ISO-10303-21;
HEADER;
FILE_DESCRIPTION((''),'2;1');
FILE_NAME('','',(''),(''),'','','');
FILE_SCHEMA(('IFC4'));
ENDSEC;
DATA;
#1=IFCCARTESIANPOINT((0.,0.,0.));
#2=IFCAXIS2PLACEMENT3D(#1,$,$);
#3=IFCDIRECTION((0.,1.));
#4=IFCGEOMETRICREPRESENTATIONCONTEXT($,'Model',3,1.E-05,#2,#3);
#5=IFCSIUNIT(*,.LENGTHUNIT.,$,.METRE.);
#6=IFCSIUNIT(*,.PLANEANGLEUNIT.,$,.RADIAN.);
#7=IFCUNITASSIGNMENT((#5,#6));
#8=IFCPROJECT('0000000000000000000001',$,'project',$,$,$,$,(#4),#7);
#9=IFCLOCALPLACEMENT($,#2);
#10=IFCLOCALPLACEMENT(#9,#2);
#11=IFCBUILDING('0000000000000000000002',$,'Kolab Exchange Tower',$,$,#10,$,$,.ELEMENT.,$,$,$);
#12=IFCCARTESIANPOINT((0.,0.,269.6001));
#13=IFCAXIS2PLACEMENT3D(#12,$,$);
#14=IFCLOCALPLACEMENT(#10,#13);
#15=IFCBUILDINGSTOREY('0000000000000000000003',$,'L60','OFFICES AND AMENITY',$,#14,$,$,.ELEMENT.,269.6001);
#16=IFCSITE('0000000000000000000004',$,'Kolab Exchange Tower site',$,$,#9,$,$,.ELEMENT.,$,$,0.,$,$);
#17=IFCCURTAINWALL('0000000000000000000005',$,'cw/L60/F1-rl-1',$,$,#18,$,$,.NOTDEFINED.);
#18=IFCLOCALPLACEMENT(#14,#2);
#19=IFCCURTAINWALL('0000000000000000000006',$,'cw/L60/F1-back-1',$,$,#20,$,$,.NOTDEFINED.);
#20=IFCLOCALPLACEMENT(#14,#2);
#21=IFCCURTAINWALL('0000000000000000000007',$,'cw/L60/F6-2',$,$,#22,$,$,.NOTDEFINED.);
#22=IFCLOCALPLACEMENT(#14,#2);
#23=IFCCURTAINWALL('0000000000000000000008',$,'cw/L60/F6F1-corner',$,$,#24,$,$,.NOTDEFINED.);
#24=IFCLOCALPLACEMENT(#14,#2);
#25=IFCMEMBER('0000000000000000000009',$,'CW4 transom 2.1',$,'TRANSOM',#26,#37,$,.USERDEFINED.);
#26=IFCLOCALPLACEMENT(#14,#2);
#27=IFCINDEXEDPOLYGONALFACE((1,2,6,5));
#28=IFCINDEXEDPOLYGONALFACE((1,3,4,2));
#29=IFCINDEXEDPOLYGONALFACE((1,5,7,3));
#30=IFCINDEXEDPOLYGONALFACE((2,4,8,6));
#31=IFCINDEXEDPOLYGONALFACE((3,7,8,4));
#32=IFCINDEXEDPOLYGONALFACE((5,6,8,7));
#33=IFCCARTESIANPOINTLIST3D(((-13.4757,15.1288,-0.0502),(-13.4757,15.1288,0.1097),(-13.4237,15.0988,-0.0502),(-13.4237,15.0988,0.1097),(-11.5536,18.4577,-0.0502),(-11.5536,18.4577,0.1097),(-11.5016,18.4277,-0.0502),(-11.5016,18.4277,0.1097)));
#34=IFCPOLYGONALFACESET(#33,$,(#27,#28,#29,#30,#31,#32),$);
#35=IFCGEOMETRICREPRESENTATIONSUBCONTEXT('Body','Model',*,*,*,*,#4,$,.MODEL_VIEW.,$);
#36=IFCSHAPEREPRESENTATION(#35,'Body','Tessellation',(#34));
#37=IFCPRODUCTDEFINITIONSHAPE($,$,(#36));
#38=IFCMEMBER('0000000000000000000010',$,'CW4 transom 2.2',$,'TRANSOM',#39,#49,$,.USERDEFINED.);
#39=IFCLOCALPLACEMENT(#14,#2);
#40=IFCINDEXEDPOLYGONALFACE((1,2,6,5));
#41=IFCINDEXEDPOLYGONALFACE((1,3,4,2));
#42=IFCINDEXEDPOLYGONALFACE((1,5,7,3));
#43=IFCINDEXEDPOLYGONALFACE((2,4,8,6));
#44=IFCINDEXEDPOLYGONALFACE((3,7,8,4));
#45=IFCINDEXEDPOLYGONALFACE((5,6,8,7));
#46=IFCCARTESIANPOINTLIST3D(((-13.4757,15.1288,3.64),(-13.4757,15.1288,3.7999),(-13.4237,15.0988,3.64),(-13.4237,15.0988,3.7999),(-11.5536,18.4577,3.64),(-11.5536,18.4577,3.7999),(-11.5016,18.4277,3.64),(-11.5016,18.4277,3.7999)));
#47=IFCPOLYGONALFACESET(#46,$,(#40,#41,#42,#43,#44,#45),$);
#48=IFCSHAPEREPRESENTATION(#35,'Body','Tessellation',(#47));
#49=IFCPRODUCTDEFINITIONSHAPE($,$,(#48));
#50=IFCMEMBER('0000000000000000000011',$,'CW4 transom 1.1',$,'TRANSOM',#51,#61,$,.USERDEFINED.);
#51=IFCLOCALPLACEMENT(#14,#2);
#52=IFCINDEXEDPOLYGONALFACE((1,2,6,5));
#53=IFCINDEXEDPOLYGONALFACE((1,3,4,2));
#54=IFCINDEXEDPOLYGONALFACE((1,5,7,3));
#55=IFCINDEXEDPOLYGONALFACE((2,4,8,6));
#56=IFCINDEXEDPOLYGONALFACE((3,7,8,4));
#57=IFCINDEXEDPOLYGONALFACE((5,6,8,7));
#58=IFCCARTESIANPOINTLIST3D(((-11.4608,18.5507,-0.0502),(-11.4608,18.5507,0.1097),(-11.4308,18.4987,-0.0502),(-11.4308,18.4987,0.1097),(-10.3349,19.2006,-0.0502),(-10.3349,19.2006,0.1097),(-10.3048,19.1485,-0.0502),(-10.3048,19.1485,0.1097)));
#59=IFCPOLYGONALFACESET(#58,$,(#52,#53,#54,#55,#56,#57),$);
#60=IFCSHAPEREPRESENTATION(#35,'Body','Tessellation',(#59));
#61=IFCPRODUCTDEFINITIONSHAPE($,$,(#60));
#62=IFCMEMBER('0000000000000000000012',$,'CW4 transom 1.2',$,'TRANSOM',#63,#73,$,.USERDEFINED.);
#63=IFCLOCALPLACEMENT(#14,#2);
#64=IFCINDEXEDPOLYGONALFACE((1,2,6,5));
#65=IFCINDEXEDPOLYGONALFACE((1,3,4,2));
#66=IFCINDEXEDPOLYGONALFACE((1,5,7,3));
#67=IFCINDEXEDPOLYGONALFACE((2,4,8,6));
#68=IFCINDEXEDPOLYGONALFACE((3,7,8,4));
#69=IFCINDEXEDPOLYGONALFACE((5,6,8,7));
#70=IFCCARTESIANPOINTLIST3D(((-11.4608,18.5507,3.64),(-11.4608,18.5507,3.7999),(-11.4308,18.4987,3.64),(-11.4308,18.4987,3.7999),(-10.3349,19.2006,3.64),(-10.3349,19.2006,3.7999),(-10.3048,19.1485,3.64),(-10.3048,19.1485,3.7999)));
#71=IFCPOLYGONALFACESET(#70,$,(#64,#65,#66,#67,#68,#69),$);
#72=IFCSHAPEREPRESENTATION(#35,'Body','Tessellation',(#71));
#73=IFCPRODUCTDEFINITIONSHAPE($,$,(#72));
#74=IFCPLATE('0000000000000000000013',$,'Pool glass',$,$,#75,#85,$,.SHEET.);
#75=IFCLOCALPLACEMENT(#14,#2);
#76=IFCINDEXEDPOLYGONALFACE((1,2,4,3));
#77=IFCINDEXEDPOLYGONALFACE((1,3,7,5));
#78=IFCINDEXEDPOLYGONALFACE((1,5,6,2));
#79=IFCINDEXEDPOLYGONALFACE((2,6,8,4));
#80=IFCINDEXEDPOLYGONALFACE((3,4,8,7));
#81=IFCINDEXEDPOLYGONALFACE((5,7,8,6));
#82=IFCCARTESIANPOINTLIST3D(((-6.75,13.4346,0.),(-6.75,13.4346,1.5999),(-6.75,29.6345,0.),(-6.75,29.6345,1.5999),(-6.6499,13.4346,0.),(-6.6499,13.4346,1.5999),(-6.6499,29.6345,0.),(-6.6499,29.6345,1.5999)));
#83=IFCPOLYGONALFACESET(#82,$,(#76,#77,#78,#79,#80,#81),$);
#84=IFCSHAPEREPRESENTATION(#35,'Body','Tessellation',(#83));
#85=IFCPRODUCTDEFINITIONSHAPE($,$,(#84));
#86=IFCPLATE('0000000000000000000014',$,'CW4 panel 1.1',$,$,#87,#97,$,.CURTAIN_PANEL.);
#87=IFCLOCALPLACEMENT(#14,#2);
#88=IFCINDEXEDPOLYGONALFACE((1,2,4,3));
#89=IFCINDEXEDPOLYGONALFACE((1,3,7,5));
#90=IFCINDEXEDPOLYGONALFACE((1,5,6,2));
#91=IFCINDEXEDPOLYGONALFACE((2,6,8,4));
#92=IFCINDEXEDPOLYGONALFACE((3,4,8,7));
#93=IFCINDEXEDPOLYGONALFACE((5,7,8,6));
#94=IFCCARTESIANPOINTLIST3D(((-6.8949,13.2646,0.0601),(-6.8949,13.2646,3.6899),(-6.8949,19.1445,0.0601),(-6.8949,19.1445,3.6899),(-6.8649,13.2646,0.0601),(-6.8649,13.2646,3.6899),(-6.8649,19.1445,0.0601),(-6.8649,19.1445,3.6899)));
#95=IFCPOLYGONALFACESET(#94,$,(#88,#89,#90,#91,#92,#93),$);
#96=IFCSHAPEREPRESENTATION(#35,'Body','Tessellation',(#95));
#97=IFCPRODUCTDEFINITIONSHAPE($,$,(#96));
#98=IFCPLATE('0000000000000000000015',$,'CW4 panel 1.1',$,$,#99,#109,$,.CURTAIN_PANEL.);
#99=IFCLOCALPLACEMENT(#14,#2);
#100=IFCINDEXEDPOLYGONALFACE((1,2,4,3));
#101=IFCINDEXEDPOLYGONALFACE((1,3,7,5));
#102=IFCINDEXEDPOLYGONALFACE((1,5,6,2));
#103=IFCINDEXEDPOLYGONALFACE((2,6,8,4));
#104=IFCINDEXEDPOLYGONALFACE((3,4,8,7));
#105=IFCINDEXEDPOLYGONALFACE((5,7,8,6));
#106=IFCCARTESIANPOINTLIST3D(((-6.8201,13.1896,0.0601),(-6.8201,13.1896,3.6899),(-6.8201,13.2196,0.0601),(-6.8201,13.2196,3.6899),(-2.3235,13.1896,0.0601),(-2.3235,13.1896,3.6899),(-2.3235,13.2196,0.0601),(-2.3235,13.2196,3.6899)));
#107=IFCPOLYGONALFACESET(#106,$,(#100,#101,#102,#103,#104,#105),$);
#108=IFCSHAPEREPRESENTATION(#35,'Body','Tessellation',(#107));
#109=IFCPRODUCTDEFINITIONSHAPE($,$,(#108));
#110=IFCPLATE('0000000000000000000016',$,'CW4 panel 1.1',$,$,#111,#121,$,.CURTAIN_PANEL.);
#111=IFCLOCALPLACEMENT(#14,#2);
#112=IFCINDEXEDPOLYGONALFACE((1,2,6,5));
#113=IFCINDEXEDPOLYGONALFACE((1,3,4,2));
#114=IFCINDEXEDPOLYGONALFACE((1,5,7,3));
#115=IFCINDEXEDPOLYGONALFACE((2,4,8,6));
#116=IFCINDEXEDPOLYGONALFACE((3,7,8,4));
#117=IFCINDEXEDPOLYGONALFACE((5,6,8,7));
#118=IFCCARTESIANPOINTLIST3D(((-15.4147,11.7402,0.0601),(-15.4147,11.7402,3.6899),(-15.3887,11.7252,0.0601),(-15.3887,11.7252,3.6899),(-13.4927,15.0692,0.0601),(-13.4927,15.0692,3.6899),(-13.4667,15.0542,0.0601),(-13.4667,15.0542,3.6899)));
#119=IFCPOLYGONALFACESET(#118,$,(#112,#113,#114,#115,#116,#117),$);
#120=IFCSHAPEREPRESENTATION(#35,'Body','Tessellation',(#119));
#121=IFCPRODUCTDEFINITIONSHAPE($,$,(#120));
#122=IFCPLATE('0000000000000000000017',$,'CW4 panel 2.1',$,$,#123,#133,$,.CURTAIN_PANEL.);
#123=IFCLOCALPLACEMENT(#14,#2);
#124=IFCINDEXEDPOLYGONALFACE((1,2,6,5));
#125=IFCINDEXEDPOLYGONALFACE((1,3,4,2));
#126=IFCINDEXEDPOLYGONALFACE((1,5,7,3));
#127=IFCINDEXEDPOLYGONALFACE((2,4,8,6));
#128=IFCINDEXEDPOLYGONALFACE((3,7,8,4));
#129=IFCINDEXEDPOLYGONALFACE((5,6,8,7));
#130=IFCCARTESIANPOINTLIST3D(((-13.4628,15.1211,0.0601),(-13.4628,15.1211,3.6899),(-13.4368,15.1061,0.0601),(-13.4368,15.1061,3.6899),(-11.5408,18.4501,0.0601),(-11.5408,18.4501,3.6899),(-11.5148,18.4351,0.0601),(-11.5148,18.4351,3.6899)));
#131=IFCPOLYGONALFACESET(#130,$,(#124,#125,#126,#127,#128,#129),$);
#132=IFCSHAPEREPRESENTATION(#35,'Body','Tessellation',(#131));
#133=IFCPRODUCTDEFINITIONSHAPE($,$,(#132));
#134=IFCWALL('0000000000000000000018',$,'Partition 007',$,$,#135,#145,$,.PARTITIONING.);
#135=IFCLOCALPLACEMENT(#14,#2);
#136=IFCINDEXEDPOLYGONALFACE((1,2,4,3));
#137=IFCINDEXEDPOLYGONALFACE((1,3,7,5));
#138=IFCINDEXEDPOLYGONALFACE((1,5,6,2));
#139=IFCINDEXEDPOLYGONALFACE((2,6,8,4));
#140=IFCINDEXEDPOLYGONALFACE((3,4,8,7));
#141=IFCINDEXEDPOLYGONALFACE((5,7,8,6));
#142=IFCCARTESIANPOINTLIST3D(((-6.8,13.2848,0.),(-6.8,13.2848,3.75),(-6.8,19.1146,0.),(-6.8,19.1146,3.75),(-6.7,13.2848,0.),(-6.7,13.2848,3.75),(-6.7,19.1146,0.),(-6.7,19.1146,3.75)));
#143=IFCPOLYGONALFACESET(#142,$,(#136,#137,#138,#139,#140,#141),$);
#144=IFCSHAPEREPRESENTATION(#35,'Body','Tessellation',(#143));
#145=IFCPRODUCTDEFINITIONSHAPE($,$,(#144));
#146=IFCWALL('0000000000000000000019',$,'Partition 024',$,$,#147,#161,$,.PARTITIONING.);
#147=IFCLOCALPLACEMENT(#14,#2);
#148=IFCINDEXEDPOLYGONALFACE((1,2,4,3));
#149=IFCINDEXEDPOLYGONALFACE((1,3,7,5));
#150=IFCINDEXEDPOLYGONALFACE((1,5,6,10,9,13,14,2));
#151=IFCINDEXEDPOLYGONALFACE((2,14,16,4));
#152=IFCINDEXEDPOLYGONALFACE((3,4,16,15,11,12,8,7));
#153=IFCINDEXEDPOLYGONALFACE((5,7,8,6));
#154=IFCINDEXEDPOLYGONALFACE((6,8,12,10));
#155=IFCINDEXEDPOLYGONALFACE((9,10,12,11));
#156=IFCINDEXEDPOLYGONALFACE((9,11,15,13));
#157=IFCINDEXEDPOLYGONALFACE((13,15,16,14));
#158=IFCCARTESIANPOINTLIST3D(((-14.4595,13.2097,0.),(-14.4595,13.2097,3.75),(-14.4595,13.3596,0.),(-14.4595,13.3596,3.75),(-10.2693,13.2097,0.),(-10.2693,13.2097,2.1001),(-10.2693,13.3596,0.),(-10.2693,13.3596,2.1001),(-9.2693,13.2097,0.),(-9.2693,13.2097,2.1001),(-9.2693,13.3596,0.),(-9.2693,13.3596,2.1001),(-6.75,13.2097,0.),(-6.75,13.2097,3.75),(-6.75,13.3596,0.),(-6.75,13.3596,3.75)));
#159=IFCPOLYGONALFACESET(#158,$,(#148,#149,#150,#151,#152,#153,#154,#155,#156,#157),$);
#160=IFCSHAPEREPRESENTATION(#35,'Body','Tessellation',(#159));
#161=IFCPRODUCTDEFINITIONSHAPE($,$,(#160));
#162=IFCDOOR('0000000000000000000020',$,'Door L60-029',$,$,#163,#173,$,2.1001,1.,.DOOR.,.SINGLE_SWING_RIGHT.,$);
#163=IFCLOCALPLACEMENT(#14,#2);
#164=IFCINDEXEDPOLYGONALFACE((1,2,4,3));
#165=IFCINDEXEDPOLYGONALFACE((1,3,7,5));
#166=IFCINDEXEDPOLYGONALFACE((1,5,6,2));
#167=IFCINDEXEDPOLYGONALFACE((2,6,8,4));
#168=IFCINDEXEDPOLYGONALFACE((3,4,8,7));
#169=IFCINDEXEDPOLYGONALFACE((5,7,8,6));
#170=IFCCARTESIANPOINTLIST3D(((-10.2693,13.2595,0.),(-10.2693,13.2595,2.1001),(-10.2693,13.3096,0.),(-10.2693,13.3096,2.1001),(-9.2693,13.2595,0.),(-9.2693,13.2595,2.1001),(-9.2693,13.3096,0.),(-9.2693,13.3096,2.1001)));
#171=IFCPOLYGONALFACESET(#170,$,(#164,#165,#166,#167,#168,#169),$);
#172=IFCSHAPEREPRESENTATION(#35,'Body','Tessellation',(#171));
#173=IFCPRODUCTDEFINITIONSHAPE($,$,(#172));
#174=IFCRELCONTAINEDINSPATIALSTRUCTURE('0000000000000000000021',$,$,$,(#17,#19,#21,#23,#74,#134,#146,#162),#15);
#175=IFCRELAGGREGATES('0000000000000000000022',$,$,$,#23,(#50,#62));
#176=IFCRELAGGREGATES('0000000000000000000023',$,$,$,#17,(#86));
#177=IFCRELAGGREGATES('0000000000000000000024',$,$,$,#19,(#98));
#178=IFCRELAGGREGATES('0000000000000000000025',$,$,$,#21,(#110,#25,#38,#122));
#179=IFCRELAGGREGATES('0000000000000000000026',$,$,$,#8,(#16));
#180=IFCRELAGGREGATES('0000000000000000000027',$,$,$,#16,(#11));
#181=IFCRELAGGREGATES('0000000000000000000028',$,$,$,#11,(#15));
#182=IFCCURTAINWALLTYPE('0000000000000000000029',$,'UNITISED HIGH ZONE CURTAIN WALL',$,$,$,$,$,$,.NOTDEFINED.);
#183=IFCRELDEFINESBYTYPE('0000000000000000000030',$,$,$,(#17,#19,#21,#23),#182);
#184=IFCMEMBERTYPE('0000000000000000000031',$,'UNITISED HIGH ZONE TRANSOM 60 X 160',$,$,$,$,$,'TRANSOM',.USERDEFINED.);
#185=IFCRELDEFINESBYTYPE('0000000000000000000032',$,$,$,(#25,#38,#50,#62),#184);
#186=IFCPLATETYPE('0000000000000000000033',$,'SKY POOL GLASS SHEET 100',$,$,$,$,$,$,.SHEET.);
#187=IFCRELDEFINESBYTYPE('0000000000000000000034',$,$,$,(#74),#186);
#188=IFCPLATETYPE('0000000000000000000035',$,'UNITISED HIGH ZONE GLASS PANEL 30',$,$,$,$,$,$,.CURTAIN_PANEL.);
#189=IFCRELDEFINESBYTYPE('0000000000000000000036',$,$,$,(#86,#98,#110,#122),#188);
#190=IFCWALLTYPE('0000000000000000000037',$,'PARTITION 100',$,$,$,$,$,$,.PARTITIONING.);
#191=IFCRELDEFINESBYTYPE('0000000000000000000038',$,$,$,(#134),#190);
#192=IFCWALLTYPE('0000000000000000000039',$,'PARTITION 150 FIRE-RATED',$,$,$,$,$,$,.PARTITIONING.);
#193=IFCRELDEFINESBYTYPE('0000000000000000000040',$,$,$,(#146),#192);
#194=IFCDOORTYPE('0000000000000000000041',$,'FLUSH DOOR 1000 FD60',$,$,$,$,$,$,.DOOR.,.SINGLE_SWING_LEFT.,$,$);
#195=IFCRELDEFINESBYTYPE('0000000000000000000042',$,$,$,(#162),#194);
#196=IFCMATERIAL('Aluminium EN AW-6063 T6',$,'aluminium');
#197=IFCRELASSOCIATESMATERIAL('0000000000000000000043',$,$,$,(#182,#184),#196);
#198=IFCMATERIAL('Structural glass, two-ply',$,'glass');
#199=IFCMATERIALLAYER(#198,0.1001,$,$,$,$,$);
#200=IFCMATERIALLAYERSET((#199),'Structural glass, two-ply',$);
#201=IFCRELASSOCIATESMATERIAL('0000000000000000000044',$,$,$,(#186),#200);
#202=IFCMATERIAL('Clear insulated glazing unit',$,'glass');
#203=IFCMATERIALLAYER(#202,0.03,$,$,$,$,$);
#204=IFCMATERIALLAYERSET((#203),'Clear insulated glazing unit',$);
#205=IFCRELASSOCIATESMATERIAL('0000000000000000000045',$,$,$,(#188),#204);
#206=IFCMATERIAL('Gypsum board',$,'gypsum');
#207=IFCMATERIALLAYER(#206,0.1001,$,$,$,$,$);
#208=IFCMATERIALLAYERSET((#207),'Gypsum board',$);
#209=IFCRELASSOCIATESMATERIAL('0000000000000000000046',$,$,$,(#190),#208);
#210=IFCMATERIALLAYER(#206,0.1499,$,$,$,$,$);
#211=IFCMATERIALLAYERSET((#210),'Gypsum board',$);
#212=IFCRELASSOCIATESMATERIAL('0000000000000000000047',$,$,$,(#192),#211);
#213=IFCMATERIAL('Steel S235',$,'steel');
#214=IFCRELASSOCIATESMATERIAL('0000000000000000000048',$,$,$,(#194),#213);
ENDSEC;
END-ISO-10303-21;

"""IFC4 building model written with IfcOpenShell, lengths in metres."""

from ifc_helpers import new_model, si_unit, direction, frame, frame_2d, origin, origin_2d, place, context, subcontext, project, spatial, polyline, rectangle, outline, extrude, material, layer, layer_set, material_profile, profile_set, type_object, element, fill, aggregate, save


model = new_model("IFC4")

# Units and contexts
model_context = context("Model", 3, precision=1e-05, world=origin(), true_north=direction((0.0, 1.0)))
body_context = subcontext(model_context, "Body", "Model", "MODEL_VIEW")
ifc_project = project(units=[si_unit("LENGTHUNIT", "METRE"), si_unit("PLANEANGLEUNIT", "RADIAN")], contexts=[model_context])

# Site, building, storey
site_placement = place(None, origin())
site = spatial("IfcSite", under=ifc_project, at=site_placement, Name="Kolab Exchange Tower site", CompositionType="ELEMENT", RefElevation=0.0)
building_placement = place(site_placement, origin())
building = spatial("IfcBuilding", under=site, at=building_placement, Name="Kolab Exchange Tower", CompositionType="ELEMENT")
storey_placement = place(building_placement, frame((0.0, 0.0, 269.6001)))
storey = spatial("IfcBuildingStorey", under=building, at=storey_placement, Name="L60", Description="OFFICES AND AMENITY", CompositionType="ELEMENT", Elevation=269.6001)

# Curtain wall
ifc_material_1 = material(Name="Aluminium EN AW-6063 T6", Category="aluminium")
curtain_wall_type = type_object("IfcCurtainWallType", Name="UNITISED HIGH ZONE CURTAIN WALL", PredefinedType="NOTDEFINED", material=ifc_material_1)
curtain_wall_1_placement = place(storey_placement, origin())
curtain_wall_1 = element("IfcCurtainWall", 1, at=curtain_wall_1_placement, inside=storey, type_object=curtain_wall_type, Name="cw/L60/F1-rl-1", PredefinedType="NOTDEFINED")

# Curtain walls
curtain_wall_2_placement = place(storey_placement, origin())
curtain_wall_2 = element("IfcCurtainWall", 2, at=curtain_wall_2_placement, inside=storey, type_object=curtain_wall_type, Name="cw/L60/F1-back-1", PredefinedType="NOTDEFINED")
curtain_wall_3_placement = place(storey_placement, origin())
curtain_wall_3 = element("IfcCurtainWall", 3, at=curtain_wall_3_placement, inside=storey, type_object=curtain_wall_type, Name="cw/L60/F6-2", PredefinedType="NOTDEFINED")

# Curtain wall
curtain_wall_4_placement = place(storey_placement, origin())
curtain_wall_4 = element("IfcCurtainWall", 4, at=curtain_wall_4_placement, inside=storey, type_object=curtain_wall_type, Name="cw/L60/F6F1-corner", PredefinedType="NOTDEFINED")

# Members
ifc_material_profile_1 = material_profile(ifc_material_1, rectangle(XDim=0.0601, YDim=0.1599, at=origin_2d()), Name="RECT 60X160")
ifc_profile_set_1 = profile_set([ifc_material_profile_1], Name="Aluminium EN AW-6063 T6")
member_type_1 = type_object("IfcMemberType", Name="UNITISED HIGH ZONE TRANSOM 60 X 160", ElementType="TRANSOM", PredefinedType="USERDEFINED", material=ifc_profile_set_1)
member_1_placement = place(storey_placement, frame((-13.4497, 15.1138, 0.0298), z_axis=(0.500039, 0.866003, 0.0), x_axis=(-0.866003, 0.500039, 0.0)))
member_1 = element("IfcMember", 5, at=member_1_placement, type_object=member_type_1, Name="CW4 transom 2.1", ObjectType="TRANSOM", PredefinedType="USERDEFINED", context=body_context, shape_type="SweptSolid", body=[
    extrude(rectangle(XDim=0.0601, YDim=0.1599, at=origin_2d()), origin(), (0.0, 0.0, 1.0), 3.844),
])
member_2_placement = place(storey_placement, frame((-13.4497, 15.1138, 3.72), z_axis=(0.500039, 0.866003, 0.0), x_axis=(-0.866003, 0.500039, 0.0)))
member_2 = element("IfcMember", 6, at=member_2_placement, type_object=member_type_1, Name="CW4 transom 2.2", ObjectType="TRANSOM", PredefinedType="USERDEFINED", context=body_context, shape_type="SweptSolid", body=[
    extrude(rectangle(XDim=0.0601, YDim=0.1599, at=origin_2d()), origin(), (0.0, 0.0, 1.0), 3.844),
])
member_3_placement = place(storey_placement, frame((-11.4458, 18.5247, 0.0298), z_axis=(0.866086, 0.499896, 0.0), x_axis=(-0.499896, 0.866086, 0.0)))
member_3 = element("IfcMember", 7, at=member_3_placement, type_object=member_type_1, Name="CW4 transom 1.1", ObjectType="TRANSOM", PredefinedType="USERDEFINED", context=body_context, shape_type="SweptSolid", body=[
    extrude(rectangle(XDim=0.0601, YDim=0.1599, at=origin_2d()), origin(), (0.0, 0.0, 1.0), 1.3),
])
member_4_placement = place(storey_placement, frame((-11.4458, 18.5247, 3.72), z_axis=(0.866086, 0.499896, 0.0), x_axis=(-0.499896, 0.866086, 0.0)))
member_4 = element("IfcMember", 8, at=member_4_placement, type_object=member_type_1, Name="CW4 transom 1.2", ObjectType="TRANSOM", PredefinedType="USERDEFINED", context=body_context, shape_type="SweptSolid", body=[
    extrude(rectangle(XDim=0.0601, YDim=0.1599, at=origin_2d()), origin(), (0.0, 0.0, 1.0), 1.3),
])
aggregate(curtain_wall_4, [member_3, member_4])

# Plates
ifc_material_2 = material(Name="Structural glass, two-ply", Category="glass")
ifc_layer_1 = layer(ifc_material_2, 0.1001)
ifc_layer_set_1 = layer_set([ifc_layer_1], Name="Structural glass, two-ply")
plate_type_1 = type_object("IfcPlateType", Name="SKY POOL GLASS SHEET 100", PredefinedType="SHEET", material=ifc_layer_set_1)
plate_1_placement = place(storey_placement, frame((-6.6499, 13.4346, 0.0), z_axis=(1.0, 0.0, 0.0), x_axis=(0.0, 1.0, 0.0)))
element("IfcPlate", 9, at=plate_1_placement, inside=storey, type_object=plate_type_1, Name="Pool glass", PredefinedType="SHEET", context=body_context, shape_type="SweptSolid", body=[
    extrude(outline(polyline([(0.0, 0.0), (16.2, 0.0), (16.2, 1.5999), (0.0, 1.5999), (0.0, 0.0)])), origin(), (0.0, 0.0, -1.0), 0.1001),
])
ifc_material_3 = material(Name="Clear insulated glazing unit", Category="glass")
ifc_layer_2 = layer(ifc_material_3, 0.03)
ifc_layer_set_2 = layer_set([ifc_layer_2], Name="Clear insulated glazing unit")
plate_type_2 = type_object("IfcPlateType", Name="UNITISED HIGH ZONE GLASS PANEL 30", PredefinedType="CURTAIN_PANEL", material=ifc_layer_set_2)
plate_2_placement = place(storey_placement, frame((-6.8799, 16.2046, 0.0601), z_axis=(0.0, 0.0, 1.0), x_axis=(0.0, -1.0, 0.0)))
plate_2 = element("IfcPlate", 10, at=plate_2_placement, type_object=plate_type_2, Name="CW4 panel 1.1", PredefinedType="CURTAIN_PANEL", context=body_context, shape_type="SweptSolid", body=[
    extrude(rectangle(XDim=5.8799, YDim=0.03, at=origin_2d()), origin(), (0.0, 0.0, 1.0), 3.6299),
])
aggregate(curtain_wall_1, [plate_2])
plate_3_placement = place(storey_placement, frame((-4.5718, 13.2046, 0.0601), z_axis=(0.0, 0.0, 1.0), x_axis=(1.0, 0.0, 0.0)))
plate_3 = element("IfcPlate", 11, at=plate_3_placement, type_object=plate_type_2, Name="CW4 panel 1.1", PredefinedType="CURTAIN_PANEL", context=body_context, shape_type="SweptSolid", body=[
    extrude(rectangle(XDim=4.4966, YDim=0.03, at=origin_2d()), origin(), (0.0, 0.0, 1.0), 3.6299),
])
aggregate(curtain_wall_2, [plate_3])
plate_4_placement = place(storey_placement, frame((-14.4407, 13.3972, 0.0601), z_axis=(0.0, 0.0, 1.0), x_axis=(0.5, 0.866025, 0.0)))
plate_4 = element("IfcPlate", 12, at=plate_4_placement, type_object=plate_type_2, Name="CW4 panel 1.1", PredefinedType="CURTAIN_PANEL", context=body_context, shape_type="SweptSolid", body=[
    extrude(rectangle(XDim=3.844, YDim=0.03, at=origin_2d()), origin(), (0.0, 0.0, 1.0), 3.6299),
])
plate_5_placement = place(storey_placement, frame((-12.4888, 16.7781, 0.0601), z_axis=(0.0, 0.0, 1.0), x_axis=(0.5, 0.866025, 0.0)))
plate_5 = element("IfcPlate", 13, at=plate_5_placement, type_object=plate_type_2, Name="CW4 panel 2.1", PredefinedType="CURTAIN_PANEL", context=body_context, shape_type="SweptSolid", body=[
    extrude(rectangle(XDim=3.844, YDim=0.03, at=origin_2d()), origin(), (0.0, 0.0, 1.0), 3.6299),
])
aggregate(curtain_wall_3, [plate_4, member_1, member_2, plate_5])

# Wall
ifc_material_4 = material(Name="Gypsum board", Category="gypsum")
ifc_layer_3 = layer(ifc_material_4, 0.1001)
ifc_layer_set_3 = layer_set([ifc_layer_3], Name="Gypsum board")
wall_type_1 = type_object("IfcWallType", Name="PARTITION 100", PredefinedType="PARTITIONING", material=ifc_layer_set_3)
wall_1_placement = place(storey_placement, frame((-6.75, 13.2847, 0.0), z_axis=(0.0, 0.0, 1.0), x_axis=(0.0, 1.0, 0.0)))
element("IfcWall", 14, at=wall_1_placement, inside=storey, type_object=wall_type_1, Name="Partition 007", PredefinedType="PARTITIONING", context=body_context, shape_type="SweptSolid", body=[
    extrude(rectangle(XDim=5.8298, YDim=0.1001, at=frame_2d((2.915, 0.0))), origin(), (0.0, 0.0, 1.0), 3.75),
])

# Wall, opening, door
ifc_layer_4 = layer(ifc_material_4, 0.1499)
ifc_layer_set_4 = layer_set([ifc_layer_4], Name="Gypsum board")
wall_type_2 = type_object("IfcWallType", Name="PARTITION 150 FIRE-RATED", PredefinedType="PARTITIONING", material=ifc_layer_set_4)
wall_2_placement = place(storey_placement, frame((-14.4595, 13.2847, 0.0), z_axis=(0.0, 0.0, 1.0), x_axis=(1.0, 0.0, 0.0)))
wall_2 = element("IfcWall", 15, at=wall_2_placement, inside=storey, type_object=wall_type_2, Name="Partition 024", PredefinedType="PARTITIONING", context=body_context, shape_type="SweptSolid", body=[
    extrude(rectangle(XDim=7.7095, YDim=0.1499, at=frame_2d((3.8547, 0.0))), origin(), (0.0, 0.0, 1.0), 3.75),
])
opening_placement = place(wall_2_placement, frame((4.1902, 0.0, 0.0)))
opening = element("IfcOpeningElement", 16, at=opening_placement, cuts=wall_2, PredefinedType="OPENING", context=body_context, shape_type="SweptSolid", body=[
    extrude(rectangle(XDim=1.0, YDim=2.1001, at=frame_2d((0.5, 1.05))), frame((0.0, 0.085, 0.0), z_axis=(0.0, -1.0, 0.0), x_axis=(1.0, 0.0, 0.0)), (0.0, 0.0, 1.0), 0.1699),
])
ifc_material_5 = material(Name="Steel S235", Category="steel")
door_type = type_object("IfcDoorType", Name="FLUSH DOOR 1000 FD60", OperationType="SINGLE_SWING_LEFT", PredefinedType="DOOR", material=ifc_material_5)
door_placement = place(opening_placement, origin())
door = element("IfcDoor", 17, at=door_placement, inside=storey, type_object=door_type, Name="Door L60-029", OperationType="SINGLE_SWING_RIGHT", OverallHeight=2.1001, OverallWidth=1.0, PredefinedType="DOOR", context=body_context, shape_type="SweptSolid", body=[
    extrude(rectangle(XDim=1.0, YDim=2.1001, at=frame_2d((0.5, 1.05))), frame((0.0, 0.0249, 0.0), z_axis=(0.0, -1.0, 0.0), x_axis=(1.0, 0.0, 0.0)), (0.0, 0.0, 1.0), 0.05),
])
fill(opening, door)

save(model, "model.ifc")
